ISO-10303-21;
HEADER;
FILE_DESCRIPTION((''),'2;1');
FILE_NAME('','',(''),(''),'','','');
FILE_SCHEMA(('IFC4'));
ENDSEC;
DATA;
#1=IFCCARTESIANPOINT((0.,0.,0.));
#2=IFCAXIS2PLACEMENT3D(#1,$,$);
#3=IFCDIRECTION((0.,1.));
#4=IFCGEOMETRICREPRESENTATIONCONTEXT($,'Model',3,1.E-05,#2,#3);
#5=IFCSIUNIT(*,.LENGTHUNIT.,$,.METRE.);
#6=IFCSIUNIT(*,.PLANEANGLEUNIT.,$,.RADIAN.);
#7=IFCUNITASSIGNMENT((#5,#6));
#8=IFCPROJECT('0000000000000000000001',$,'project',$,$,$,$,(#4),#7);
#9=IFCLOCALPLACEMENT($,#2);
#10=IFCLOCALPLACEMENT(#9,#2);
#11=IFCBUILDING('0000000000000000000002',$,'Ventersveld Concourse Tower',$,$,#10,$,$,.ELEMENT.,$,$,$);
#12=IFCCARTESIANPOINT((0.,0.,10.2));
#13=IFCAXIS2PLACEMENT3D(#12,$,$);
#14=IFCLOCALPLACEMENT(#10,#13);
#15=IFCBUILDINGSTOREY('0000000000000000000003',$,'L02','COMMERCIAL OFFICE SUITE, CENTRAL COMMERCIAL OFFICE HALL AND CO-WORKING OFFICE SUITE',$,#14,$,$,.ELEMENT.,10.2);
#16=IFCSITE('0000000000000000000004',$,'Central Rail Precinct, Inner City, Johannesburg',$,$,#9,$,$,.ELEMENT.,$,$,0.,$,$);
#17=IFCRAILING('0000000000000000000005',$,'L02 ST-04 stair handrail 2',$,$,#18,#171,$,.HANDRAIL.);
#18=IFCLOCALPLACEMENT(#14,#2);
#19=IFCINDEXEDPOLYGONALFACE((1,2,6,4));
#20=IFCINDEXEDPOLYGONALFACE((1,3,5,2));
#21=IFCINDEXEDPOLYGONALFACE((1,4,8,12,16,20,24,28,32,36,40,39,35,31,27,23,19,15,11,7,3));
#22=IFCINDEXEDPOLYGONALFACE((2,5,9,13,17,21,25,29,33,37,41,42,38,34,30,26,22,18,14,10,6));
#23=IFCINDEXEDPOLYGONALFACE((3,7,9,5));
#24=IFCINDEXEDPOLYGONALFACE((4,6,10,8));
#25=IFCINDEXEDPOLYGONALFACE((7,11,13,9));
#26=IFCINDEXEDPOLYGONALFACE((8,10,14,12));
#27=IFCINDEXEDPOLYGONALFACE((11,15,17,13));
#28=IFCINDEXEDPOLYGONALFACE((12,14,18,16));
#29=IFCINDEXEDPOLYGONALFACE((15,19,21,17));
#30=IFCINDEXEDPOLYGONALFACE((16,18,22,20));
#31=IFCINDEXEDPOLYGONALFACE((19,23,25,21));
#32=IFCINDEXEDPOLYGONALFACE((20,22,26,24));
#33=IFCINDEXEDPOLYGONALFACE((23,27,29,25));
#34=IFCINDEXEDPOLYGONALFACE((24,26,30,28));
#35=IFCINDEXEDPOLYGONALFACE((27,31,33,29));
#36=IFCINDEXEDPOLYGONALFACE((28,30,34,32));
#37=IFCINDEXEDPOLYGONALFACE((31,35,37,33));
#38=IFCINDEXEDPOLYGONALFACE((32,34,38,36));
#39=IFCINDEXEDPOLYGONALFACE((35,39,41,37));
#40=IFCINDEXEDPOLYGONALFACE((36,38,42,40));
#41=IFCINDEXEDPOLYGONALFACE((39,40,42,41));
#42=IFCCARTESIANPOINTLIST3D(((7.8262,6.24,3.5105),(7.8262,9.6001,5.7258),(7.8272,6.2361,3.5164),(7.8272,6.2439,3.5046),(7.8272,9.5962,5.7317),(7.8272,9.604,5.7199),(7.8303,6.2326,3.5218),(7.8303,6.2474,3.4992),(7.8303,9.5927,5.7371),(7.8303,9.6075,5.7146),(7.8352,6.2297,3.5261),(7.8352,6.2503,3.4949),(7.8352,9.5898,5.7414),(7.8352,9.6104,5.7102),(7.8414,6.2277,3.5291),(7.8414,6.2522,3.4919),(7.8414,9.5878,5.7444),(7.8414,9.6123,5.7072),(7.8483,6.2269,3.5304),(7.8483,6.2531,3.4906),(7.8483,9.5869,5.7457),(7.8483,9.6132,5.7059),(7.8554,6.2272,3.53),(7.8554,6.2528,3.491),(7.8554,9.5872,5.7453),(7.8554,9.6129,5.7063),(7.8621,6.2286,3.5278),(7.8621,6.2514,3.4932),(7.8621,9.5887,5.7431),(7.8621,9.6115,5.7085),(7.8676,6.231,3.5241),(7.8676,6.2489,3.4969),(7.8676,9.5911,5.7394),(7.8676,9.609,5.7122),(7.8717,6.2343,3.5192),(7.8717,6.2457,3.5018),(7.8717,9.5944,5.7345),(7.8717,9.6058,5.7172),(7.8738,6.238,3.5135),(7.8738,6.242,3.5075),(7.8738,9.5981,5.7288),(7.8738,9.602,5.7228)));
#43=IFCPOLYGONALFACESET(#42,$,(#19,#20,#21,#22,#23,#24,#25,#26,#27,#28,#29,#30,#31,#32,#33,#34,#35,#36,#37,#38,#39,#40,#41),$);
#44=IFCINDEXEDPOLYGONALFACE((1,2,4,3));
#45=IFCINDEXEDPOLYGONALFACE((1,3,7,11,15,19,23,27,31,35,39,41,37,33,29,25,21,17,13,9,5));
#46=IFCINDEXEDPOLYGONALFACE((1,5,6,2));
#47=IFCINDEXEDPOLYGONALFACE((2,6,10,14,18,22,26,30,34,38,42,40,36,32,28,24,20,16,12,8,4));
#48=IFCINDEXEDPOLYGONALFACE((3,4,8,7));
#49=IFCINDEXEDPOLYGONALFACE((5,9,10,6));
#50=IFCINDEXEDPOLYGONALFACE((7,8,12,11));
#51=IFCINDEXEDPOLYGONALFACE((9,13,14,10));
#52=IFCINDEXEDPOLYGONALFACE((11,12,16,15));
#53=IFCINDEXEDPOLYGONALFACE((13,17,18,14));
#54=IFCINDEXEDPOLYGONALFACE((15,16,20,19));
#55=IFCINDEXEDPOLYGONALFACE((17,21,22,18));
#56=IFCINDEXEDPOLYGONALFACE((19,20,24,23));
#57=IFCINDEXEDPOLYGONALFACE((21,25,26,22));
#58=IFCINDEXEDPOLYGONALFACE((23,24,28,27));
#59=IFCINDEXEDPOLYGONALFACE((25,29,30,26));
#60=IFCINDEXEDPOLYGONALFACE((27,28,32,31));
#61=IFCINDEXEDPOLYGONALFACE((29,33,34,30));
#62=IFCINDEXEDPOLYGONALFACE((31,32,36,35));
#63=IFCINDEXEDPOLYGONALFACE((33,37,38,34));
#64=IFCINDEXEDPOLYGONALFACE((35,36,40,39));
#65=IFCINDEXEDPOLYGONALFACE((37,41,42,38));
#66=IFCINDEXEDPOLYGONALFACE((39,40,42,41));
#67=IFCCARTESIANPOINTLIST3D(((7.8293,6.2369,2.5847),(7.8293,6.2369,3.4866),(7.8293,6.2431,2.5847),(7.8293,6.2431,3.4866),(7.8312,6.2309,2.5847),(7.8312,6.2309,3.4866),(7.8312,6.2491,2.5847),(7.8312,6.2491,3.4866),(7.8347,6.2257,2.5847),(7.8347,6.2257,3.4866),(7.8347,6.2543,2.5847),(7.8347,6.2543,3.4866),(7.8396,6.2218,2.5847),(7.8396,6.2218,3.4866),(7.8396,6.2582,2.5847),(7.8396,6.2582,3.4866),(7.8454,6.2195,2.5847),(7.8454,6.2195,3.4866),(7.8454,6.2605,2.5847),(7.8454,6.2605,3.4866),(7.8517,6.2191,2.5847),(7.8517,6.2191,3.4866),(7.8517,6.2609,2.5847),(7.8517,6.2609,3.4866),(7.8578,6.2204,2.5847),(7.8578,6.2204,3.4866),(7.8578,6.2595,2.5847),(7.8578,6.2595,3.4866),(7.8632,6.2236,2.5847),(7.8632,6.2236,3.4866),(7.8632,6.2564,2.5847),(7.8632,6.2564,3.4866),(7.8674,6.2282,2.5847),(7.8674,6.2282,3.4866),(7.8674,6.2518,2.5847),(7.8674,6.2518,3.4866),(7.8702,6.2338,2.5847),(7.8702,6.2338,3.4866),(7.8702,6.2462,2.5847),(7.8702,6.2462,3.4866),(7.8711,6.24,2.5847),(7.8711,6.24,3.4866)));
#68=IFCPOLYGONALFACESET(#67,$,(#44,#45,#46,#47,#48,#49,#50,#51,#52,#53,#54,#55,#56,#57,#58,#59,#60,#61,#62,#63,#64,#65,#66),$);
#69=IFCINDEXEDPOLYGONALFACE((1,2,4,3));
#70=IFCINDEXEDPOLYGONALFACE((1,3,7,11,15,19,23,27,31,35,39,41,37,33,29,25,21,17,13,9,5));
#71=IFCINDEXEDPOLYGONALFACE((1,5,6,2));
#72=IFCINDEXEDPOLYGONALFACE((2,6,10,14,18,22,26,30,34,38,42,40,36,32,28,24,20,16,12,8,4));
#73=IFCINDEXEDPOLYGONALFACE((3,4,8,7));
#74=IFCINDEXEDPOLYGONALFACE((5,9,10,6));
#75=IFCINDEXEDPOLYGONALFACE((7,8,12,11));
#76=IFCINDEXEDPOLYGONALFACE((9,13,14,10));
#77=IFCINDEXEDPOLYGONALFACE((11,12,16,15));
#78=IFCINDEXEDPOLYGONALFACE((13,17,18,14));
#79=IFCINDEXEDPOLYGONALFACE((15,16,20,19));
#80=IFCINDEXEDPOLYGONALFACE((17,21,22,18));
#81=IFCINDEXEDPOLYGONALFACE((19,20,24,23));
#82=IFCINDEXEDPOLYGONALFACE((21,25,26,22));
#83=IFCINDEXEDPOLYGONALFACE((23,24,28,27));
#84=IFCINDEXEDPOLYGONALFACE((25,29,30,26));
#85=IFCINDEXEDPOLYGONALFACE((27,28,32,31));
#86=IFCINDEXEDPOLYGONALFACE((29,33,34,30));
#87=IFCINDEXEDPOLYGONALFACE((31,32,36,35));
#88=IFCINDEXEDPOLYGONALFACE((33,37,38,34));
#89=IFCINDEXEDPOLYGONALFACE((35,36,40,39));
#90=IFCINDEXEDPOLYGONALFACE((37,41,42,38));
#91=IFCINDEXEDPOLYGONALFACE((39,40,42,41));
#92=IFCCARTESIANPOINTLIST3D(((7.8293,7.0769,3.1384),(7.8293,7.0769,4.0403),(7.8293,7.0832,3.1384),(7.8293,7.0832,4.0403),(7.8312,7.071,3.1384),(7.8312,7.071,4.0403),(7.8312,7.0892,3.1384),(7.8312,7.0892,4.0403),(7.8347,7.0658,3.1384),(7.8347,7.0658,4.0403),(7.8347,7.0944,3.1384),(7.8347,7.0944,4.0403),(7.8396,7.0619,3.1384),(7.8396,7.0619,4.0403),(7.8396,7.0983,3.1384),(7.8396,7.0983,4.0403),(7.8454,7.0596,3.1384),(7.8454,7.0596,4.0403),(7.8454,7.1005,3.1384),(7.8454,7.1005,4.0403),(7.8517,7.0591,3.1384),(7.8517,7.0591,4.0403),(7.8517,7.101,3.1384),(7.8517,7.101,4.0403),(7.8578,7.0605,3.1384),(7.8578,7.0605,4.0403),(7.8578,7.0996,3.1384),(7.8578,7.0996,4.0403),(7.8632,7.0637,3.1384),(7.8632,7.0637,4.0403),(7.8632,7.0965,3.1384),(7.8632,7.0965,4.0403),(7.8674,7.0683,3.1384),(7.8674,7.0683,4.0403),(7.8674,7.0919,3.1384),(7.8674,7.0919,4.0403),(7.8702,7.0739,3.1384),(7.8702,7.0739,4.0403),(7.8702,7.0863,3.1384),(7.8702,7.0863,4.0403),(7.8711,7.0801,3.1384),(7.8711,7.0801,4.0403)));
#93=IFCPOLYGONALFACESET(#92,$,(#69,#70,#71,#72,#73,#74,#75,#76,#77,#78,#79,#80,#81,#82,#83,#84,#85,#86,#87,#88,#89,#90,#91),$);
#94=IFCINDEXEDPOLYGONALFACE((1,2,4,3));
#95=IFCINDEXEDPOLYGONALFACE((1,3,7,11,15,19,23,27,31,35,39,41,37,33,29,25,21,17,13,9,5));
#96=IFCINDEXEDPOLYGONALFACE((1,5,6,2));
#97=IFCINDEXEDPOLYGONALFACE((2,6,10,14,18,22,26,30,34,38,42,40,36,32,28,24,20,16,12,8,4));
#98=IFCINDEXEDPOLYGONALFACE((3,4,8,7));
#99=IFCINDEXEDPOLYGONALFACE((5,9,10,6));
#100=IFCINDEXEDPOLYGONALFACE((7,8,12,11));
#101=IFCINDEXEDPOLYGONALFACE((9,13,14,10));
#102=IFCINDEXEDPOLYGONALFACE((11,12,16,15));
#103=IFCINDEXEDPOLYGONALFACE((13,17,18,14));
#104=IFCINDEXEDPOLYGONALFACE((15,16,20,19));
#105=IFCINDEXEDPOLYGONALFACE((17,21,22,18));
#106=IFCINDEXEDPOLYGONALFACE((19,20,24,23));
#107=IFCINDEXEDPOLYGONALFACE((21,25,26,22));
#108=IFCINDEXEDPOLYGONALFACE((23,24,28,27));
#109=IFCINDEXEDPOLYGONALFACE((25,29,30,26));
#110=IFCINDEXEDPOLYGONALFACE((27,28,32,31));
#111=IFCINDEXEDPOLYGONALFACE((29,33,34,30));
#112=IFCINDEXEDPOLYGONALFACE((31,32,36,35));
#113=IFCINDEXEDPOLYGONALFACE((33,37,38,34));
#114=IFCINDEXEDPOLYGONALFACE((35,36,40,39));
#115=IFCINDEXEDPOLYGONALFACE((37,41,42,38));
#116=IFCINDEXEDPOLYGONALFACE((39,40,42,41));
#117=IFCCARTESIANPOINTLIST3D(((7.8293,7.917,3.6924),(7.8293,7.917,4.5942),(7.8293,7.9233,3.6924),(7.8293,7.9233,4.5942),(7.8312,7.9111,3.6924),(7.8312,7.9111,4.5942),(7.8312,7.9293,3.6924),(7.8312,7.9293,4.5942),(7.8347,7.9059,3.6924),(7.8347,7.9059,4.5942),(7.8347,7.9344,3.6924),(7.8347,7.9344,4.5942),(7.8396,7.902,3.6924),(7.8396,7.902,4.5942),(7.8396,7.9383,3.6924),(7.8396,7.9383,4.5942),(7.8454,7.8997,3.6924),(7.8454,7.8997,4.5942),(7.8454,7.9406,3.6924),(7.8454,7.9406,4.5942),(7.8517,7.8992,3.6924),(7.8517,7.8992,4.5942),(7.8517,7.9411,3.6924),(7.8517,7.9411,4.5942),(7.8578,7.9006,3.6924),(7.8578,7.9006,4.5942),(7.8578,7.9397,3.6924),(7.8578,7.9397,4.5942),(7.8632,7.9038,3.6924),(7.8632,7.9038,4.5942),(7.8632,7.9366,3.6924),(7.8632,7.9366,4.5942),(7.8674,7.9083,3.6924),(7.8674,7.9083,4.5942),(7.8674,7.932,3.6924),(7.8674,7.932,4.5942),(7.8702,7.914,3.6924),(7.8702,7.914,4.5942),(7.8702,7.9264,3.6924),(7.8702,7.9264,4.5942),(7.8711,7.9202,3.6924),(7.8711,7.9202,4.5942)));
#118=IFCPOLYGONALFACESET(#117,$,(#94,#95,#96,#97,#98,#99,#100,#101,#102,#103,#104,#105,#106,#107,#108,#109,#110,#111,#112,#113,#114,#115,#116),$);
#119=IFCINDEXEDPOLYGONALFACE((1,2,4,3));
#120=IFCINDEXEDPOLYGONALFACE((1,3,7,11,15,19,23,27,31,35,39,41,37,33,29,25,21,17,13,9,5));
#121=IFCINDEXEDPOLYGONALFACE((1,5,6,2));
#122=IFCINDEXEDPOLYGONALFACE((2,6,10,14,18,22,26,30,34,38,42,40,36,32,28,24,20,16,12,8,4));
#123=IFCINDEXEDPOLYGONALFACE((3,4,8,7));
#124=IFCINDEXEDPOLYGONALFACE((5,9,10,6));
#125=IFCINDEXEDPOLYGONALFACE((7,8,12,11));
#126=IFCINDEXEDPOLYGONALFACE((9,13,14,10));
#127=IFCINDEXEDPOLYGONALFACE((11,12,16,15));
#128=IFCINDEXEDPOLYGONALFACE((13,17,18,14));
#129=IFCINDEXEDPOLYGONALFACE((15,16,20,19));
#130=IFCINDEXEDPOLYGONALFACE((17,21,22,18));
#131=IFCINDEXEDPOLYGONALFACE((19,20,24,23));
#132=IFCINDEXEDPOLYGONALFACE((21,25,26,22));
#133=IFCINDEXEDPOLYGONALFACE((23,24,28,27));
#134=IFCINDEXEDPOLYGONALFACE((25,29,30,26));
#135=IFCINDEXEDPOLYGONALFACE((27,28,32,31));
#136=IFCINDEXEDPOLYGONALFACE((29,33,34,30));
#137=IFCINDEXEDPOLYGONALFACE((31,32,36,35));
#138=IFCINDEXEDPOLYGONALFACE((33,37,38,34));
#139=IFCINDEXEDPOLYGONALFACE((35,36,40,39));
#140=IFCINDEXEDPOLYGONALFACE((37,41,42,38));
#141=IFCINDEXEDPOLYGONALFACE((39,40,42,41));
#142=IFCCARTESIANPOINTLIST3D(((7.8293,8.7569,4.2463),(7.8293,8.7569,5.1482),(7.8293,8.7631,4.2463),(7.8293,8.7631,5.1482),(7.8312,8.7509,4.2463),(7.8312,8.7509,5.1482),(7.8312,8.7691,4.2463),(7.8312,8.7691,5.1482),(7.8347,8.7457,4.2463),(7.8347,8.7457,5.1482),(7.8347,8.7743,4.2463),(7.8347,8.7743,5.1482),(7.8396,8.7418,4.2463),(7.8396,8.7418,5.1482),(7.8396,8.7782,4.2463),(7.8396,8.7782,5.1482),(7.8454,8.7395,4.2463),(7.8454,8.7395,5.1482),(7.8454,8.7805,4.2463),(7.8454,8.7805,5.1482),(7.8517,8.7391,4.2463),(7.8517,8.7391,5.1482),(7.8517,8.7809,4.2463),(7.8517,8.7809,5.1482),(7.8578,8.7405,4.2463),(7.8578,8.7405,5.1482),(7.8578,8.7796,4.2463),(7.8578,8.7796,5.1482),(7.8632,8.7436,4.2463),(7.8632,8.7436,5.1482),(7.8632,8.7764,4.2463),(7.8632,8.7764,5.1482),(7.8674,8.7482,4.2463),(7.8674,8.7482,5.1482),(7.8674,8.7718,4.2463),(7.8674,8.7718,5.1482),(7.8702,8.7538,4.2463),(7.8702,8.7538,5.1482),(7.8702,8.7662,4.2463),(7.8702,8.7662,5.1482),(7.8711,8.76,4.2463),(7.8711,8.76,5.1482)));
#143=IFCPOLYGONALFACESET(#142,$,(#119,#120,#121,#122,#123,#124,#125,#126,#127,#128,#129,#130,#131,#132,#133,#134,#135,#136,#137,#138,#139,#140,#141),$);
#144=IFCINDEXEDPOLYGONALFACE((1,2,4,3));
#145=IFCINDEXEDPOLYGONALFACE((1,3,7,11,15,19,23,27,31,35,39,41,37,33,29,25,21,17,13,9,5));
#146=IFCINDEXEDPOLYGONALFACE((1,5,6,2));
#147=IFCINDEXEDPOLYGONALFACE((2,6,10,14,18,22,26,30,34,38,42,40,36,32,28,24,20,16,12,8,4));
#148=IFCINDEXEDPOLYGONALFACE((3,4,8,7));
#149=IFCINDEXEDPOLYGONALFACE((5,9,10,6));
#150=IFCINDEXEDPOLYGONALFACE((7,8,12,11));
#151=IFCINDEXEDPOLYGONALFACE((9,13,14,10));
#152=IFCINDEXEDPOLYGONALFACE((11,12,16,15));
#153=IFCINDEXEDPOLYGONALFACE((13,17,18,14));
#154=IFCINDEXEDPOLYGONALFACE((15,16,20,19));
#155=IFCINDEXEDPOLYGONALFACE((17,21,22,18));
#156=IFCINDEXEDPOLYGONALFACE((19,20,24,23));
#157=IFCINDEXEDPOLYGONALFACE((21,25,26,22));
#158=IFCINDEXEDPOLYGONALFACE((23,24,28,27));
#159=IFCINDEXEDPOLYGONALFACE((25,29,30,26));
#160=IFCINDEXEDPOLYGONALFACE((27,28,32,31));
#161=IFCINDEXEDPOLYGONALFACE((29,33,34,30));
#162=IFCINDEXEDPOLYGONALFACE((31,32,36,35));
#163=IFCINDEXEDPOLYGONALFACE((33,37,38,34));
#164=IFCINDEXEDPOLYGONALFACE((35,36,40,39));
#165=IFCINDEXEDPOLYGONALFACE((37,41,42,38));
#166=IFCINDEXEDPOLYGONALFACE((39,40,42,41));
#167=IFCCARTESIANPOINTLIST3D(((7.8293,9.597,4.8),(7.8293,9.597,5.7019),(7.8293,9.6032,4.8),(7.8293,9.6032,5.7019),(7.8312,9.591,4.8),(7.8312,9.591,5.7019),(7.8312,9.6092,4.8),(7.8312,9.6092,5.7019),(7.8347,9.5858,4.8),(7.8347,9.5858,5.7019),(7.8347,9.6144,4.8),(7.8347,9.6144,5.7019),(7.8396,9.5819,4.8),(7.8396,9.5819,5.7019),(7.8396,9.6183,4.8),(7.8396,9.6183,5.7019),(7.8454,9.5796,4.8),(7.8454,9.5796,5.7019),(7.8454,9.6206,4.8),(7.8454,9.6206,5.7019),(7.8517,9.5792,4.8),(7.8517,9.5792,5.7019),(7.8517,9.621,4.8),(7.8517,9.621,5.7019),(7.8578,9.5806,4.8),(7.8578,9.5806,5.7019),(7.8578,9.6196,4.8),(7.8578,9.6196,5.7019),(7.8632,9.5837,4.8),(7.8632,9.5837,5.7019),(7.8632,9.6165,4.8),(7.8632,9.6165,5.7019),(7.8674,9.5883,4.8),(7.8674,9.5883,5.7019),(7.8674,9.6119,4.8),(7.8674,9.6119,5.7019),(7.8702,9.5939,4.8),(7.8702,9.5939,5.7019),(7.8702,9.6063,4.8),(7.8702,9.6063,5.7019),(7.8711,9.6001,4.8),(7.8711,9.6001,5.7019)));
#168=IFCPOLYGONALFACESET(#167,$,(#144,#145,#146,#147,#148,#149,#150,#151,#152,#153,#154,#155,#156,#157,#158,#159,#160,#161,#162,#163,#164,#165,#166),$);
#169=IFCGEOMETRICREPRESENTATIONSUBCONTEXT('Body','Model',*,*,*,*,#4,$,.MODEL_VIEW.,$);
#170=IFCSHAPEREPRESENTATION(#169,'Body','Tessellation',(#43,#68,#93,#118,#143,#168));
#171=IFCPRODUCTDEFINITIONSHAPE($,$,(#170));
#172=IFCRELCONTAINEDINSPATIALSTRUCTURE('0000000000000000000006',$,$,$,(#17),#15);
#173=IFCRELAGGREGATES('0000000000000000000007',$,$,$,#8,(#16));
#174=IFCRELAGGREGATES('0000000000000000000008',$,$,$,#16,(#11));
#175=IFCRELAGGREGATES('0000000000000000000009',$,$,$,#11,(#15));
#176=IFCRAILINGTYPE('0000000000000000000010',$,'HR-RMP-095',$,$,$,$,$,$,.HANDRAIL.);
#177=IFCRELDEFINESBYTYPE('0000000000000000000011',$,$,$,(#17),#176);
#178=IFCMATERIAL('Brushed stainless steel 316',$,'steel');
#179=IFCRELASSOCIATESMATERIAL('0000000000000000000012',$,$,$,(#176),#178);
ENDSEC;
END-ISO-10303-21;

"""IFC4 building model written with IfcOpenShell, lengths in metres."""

from ifc_helpers import new_model, si_unit, direction, frame, origin, origin_2d, place, context, subcontext, project, spatial, circle, extrude, material, type_object, element, save


model = new_model("IFC4")

# Units and contexts
model_context = context("Model", 3, precision=1e-05, world=origin(), true_north=direction((0.0, 1.0)))
body_context = subcontext(model_context, "Body", "Model", "MODEL_VIEW")
ifc_project = project(units=[si_unit("LENGTHUNIT", "METRE"), si_unit("PLANEANGLEUNIT", "RADIAN")], contexts=[model_context])

# Site, building, storey
site_placement = place(None, origin())
site = spatial("IfcSite", under=ifc_project, at=site_placement, Name="Central Rail Precinct, Inner City, Johannesburg", CompositionType="ELEMENT", RefElevation=0.0)
building_placement = place(site_placement, origin())
building = spatial("IfcBuilding", under=site, at=building_placement, Name="Ventersveld Concourse Tower", CompositionType="ELEMENT")
storey_placement = place(building_placement, frame((0.0, 0.0, 10.2)))
storey = spatial("IfcBuildingStorey", under=building, at=storey_placement, Name="L02", Description="COMMERCIAL OFFICE SUITE, CENTRAL COMMERCIAL OFFICE HALL AND CO-WORKING OFFICE SUITE", CompositionType="ELEMENT", Elevation=10.2)

# Railing
ifc_material_1 = material(Name="Brushed stainless steel 316", Category="steel")
railing_type_1 = type_object("IfcRailingType", Name="HR-RMP-095", PredefinedType="HANDRAIL", material=ifc_material_1)
railing_1_placement = place(storey_placement, frame((7.8501, 6.24, 2.5847)))
element("IfcRailing", 1, at=railing_1_placement, inside=storey, type_object=railing_type_1, Name="L02 ST-04 stair handrail 2", PredefinedType="HANDRAIL", context=body_context, shape_type="SweptSolid", body=[
    extrude(circle(Radius=0.0239, at=origin_2d()), frame((0.0, 0.0, 0.9258), z_axis=(0.0, 0.834876, 0.550437), x_axis=(-1.0, 0.0, 0.0)), (0.0, 0.0, 1.0), 4.0247),
    extrude(circle(Radius=0.021, at=origin_2d()), origin(), (0.0, 0.0, 1.0), 0.9019),
    extrude(circle(Radius=0.021, at=origin_2d()), frame((0.0, 0.8401, 0.5537)), (0.0, 0.0, 1.0), 0.9019),
    extrude(circle(Radius=0.021, at=origin_2d()), frame((0.0, 1.6802, 1.1077)), (0.0, 0.0, 1.0), 0.9019),
    extrude(circle(Radius=0.021, at=origin_2d()), frame((0.0, 2.52, 1.6616)), (0.0, 0.0, 1.0), 0.9019),
    extrude(circle(Radius=0.021, at=origin_2d()), frame((0.0, 3.3601, 2.2153)), (0.0, 0.0, 1.0), 0.9019),
])

save(model, "model.ifc")
